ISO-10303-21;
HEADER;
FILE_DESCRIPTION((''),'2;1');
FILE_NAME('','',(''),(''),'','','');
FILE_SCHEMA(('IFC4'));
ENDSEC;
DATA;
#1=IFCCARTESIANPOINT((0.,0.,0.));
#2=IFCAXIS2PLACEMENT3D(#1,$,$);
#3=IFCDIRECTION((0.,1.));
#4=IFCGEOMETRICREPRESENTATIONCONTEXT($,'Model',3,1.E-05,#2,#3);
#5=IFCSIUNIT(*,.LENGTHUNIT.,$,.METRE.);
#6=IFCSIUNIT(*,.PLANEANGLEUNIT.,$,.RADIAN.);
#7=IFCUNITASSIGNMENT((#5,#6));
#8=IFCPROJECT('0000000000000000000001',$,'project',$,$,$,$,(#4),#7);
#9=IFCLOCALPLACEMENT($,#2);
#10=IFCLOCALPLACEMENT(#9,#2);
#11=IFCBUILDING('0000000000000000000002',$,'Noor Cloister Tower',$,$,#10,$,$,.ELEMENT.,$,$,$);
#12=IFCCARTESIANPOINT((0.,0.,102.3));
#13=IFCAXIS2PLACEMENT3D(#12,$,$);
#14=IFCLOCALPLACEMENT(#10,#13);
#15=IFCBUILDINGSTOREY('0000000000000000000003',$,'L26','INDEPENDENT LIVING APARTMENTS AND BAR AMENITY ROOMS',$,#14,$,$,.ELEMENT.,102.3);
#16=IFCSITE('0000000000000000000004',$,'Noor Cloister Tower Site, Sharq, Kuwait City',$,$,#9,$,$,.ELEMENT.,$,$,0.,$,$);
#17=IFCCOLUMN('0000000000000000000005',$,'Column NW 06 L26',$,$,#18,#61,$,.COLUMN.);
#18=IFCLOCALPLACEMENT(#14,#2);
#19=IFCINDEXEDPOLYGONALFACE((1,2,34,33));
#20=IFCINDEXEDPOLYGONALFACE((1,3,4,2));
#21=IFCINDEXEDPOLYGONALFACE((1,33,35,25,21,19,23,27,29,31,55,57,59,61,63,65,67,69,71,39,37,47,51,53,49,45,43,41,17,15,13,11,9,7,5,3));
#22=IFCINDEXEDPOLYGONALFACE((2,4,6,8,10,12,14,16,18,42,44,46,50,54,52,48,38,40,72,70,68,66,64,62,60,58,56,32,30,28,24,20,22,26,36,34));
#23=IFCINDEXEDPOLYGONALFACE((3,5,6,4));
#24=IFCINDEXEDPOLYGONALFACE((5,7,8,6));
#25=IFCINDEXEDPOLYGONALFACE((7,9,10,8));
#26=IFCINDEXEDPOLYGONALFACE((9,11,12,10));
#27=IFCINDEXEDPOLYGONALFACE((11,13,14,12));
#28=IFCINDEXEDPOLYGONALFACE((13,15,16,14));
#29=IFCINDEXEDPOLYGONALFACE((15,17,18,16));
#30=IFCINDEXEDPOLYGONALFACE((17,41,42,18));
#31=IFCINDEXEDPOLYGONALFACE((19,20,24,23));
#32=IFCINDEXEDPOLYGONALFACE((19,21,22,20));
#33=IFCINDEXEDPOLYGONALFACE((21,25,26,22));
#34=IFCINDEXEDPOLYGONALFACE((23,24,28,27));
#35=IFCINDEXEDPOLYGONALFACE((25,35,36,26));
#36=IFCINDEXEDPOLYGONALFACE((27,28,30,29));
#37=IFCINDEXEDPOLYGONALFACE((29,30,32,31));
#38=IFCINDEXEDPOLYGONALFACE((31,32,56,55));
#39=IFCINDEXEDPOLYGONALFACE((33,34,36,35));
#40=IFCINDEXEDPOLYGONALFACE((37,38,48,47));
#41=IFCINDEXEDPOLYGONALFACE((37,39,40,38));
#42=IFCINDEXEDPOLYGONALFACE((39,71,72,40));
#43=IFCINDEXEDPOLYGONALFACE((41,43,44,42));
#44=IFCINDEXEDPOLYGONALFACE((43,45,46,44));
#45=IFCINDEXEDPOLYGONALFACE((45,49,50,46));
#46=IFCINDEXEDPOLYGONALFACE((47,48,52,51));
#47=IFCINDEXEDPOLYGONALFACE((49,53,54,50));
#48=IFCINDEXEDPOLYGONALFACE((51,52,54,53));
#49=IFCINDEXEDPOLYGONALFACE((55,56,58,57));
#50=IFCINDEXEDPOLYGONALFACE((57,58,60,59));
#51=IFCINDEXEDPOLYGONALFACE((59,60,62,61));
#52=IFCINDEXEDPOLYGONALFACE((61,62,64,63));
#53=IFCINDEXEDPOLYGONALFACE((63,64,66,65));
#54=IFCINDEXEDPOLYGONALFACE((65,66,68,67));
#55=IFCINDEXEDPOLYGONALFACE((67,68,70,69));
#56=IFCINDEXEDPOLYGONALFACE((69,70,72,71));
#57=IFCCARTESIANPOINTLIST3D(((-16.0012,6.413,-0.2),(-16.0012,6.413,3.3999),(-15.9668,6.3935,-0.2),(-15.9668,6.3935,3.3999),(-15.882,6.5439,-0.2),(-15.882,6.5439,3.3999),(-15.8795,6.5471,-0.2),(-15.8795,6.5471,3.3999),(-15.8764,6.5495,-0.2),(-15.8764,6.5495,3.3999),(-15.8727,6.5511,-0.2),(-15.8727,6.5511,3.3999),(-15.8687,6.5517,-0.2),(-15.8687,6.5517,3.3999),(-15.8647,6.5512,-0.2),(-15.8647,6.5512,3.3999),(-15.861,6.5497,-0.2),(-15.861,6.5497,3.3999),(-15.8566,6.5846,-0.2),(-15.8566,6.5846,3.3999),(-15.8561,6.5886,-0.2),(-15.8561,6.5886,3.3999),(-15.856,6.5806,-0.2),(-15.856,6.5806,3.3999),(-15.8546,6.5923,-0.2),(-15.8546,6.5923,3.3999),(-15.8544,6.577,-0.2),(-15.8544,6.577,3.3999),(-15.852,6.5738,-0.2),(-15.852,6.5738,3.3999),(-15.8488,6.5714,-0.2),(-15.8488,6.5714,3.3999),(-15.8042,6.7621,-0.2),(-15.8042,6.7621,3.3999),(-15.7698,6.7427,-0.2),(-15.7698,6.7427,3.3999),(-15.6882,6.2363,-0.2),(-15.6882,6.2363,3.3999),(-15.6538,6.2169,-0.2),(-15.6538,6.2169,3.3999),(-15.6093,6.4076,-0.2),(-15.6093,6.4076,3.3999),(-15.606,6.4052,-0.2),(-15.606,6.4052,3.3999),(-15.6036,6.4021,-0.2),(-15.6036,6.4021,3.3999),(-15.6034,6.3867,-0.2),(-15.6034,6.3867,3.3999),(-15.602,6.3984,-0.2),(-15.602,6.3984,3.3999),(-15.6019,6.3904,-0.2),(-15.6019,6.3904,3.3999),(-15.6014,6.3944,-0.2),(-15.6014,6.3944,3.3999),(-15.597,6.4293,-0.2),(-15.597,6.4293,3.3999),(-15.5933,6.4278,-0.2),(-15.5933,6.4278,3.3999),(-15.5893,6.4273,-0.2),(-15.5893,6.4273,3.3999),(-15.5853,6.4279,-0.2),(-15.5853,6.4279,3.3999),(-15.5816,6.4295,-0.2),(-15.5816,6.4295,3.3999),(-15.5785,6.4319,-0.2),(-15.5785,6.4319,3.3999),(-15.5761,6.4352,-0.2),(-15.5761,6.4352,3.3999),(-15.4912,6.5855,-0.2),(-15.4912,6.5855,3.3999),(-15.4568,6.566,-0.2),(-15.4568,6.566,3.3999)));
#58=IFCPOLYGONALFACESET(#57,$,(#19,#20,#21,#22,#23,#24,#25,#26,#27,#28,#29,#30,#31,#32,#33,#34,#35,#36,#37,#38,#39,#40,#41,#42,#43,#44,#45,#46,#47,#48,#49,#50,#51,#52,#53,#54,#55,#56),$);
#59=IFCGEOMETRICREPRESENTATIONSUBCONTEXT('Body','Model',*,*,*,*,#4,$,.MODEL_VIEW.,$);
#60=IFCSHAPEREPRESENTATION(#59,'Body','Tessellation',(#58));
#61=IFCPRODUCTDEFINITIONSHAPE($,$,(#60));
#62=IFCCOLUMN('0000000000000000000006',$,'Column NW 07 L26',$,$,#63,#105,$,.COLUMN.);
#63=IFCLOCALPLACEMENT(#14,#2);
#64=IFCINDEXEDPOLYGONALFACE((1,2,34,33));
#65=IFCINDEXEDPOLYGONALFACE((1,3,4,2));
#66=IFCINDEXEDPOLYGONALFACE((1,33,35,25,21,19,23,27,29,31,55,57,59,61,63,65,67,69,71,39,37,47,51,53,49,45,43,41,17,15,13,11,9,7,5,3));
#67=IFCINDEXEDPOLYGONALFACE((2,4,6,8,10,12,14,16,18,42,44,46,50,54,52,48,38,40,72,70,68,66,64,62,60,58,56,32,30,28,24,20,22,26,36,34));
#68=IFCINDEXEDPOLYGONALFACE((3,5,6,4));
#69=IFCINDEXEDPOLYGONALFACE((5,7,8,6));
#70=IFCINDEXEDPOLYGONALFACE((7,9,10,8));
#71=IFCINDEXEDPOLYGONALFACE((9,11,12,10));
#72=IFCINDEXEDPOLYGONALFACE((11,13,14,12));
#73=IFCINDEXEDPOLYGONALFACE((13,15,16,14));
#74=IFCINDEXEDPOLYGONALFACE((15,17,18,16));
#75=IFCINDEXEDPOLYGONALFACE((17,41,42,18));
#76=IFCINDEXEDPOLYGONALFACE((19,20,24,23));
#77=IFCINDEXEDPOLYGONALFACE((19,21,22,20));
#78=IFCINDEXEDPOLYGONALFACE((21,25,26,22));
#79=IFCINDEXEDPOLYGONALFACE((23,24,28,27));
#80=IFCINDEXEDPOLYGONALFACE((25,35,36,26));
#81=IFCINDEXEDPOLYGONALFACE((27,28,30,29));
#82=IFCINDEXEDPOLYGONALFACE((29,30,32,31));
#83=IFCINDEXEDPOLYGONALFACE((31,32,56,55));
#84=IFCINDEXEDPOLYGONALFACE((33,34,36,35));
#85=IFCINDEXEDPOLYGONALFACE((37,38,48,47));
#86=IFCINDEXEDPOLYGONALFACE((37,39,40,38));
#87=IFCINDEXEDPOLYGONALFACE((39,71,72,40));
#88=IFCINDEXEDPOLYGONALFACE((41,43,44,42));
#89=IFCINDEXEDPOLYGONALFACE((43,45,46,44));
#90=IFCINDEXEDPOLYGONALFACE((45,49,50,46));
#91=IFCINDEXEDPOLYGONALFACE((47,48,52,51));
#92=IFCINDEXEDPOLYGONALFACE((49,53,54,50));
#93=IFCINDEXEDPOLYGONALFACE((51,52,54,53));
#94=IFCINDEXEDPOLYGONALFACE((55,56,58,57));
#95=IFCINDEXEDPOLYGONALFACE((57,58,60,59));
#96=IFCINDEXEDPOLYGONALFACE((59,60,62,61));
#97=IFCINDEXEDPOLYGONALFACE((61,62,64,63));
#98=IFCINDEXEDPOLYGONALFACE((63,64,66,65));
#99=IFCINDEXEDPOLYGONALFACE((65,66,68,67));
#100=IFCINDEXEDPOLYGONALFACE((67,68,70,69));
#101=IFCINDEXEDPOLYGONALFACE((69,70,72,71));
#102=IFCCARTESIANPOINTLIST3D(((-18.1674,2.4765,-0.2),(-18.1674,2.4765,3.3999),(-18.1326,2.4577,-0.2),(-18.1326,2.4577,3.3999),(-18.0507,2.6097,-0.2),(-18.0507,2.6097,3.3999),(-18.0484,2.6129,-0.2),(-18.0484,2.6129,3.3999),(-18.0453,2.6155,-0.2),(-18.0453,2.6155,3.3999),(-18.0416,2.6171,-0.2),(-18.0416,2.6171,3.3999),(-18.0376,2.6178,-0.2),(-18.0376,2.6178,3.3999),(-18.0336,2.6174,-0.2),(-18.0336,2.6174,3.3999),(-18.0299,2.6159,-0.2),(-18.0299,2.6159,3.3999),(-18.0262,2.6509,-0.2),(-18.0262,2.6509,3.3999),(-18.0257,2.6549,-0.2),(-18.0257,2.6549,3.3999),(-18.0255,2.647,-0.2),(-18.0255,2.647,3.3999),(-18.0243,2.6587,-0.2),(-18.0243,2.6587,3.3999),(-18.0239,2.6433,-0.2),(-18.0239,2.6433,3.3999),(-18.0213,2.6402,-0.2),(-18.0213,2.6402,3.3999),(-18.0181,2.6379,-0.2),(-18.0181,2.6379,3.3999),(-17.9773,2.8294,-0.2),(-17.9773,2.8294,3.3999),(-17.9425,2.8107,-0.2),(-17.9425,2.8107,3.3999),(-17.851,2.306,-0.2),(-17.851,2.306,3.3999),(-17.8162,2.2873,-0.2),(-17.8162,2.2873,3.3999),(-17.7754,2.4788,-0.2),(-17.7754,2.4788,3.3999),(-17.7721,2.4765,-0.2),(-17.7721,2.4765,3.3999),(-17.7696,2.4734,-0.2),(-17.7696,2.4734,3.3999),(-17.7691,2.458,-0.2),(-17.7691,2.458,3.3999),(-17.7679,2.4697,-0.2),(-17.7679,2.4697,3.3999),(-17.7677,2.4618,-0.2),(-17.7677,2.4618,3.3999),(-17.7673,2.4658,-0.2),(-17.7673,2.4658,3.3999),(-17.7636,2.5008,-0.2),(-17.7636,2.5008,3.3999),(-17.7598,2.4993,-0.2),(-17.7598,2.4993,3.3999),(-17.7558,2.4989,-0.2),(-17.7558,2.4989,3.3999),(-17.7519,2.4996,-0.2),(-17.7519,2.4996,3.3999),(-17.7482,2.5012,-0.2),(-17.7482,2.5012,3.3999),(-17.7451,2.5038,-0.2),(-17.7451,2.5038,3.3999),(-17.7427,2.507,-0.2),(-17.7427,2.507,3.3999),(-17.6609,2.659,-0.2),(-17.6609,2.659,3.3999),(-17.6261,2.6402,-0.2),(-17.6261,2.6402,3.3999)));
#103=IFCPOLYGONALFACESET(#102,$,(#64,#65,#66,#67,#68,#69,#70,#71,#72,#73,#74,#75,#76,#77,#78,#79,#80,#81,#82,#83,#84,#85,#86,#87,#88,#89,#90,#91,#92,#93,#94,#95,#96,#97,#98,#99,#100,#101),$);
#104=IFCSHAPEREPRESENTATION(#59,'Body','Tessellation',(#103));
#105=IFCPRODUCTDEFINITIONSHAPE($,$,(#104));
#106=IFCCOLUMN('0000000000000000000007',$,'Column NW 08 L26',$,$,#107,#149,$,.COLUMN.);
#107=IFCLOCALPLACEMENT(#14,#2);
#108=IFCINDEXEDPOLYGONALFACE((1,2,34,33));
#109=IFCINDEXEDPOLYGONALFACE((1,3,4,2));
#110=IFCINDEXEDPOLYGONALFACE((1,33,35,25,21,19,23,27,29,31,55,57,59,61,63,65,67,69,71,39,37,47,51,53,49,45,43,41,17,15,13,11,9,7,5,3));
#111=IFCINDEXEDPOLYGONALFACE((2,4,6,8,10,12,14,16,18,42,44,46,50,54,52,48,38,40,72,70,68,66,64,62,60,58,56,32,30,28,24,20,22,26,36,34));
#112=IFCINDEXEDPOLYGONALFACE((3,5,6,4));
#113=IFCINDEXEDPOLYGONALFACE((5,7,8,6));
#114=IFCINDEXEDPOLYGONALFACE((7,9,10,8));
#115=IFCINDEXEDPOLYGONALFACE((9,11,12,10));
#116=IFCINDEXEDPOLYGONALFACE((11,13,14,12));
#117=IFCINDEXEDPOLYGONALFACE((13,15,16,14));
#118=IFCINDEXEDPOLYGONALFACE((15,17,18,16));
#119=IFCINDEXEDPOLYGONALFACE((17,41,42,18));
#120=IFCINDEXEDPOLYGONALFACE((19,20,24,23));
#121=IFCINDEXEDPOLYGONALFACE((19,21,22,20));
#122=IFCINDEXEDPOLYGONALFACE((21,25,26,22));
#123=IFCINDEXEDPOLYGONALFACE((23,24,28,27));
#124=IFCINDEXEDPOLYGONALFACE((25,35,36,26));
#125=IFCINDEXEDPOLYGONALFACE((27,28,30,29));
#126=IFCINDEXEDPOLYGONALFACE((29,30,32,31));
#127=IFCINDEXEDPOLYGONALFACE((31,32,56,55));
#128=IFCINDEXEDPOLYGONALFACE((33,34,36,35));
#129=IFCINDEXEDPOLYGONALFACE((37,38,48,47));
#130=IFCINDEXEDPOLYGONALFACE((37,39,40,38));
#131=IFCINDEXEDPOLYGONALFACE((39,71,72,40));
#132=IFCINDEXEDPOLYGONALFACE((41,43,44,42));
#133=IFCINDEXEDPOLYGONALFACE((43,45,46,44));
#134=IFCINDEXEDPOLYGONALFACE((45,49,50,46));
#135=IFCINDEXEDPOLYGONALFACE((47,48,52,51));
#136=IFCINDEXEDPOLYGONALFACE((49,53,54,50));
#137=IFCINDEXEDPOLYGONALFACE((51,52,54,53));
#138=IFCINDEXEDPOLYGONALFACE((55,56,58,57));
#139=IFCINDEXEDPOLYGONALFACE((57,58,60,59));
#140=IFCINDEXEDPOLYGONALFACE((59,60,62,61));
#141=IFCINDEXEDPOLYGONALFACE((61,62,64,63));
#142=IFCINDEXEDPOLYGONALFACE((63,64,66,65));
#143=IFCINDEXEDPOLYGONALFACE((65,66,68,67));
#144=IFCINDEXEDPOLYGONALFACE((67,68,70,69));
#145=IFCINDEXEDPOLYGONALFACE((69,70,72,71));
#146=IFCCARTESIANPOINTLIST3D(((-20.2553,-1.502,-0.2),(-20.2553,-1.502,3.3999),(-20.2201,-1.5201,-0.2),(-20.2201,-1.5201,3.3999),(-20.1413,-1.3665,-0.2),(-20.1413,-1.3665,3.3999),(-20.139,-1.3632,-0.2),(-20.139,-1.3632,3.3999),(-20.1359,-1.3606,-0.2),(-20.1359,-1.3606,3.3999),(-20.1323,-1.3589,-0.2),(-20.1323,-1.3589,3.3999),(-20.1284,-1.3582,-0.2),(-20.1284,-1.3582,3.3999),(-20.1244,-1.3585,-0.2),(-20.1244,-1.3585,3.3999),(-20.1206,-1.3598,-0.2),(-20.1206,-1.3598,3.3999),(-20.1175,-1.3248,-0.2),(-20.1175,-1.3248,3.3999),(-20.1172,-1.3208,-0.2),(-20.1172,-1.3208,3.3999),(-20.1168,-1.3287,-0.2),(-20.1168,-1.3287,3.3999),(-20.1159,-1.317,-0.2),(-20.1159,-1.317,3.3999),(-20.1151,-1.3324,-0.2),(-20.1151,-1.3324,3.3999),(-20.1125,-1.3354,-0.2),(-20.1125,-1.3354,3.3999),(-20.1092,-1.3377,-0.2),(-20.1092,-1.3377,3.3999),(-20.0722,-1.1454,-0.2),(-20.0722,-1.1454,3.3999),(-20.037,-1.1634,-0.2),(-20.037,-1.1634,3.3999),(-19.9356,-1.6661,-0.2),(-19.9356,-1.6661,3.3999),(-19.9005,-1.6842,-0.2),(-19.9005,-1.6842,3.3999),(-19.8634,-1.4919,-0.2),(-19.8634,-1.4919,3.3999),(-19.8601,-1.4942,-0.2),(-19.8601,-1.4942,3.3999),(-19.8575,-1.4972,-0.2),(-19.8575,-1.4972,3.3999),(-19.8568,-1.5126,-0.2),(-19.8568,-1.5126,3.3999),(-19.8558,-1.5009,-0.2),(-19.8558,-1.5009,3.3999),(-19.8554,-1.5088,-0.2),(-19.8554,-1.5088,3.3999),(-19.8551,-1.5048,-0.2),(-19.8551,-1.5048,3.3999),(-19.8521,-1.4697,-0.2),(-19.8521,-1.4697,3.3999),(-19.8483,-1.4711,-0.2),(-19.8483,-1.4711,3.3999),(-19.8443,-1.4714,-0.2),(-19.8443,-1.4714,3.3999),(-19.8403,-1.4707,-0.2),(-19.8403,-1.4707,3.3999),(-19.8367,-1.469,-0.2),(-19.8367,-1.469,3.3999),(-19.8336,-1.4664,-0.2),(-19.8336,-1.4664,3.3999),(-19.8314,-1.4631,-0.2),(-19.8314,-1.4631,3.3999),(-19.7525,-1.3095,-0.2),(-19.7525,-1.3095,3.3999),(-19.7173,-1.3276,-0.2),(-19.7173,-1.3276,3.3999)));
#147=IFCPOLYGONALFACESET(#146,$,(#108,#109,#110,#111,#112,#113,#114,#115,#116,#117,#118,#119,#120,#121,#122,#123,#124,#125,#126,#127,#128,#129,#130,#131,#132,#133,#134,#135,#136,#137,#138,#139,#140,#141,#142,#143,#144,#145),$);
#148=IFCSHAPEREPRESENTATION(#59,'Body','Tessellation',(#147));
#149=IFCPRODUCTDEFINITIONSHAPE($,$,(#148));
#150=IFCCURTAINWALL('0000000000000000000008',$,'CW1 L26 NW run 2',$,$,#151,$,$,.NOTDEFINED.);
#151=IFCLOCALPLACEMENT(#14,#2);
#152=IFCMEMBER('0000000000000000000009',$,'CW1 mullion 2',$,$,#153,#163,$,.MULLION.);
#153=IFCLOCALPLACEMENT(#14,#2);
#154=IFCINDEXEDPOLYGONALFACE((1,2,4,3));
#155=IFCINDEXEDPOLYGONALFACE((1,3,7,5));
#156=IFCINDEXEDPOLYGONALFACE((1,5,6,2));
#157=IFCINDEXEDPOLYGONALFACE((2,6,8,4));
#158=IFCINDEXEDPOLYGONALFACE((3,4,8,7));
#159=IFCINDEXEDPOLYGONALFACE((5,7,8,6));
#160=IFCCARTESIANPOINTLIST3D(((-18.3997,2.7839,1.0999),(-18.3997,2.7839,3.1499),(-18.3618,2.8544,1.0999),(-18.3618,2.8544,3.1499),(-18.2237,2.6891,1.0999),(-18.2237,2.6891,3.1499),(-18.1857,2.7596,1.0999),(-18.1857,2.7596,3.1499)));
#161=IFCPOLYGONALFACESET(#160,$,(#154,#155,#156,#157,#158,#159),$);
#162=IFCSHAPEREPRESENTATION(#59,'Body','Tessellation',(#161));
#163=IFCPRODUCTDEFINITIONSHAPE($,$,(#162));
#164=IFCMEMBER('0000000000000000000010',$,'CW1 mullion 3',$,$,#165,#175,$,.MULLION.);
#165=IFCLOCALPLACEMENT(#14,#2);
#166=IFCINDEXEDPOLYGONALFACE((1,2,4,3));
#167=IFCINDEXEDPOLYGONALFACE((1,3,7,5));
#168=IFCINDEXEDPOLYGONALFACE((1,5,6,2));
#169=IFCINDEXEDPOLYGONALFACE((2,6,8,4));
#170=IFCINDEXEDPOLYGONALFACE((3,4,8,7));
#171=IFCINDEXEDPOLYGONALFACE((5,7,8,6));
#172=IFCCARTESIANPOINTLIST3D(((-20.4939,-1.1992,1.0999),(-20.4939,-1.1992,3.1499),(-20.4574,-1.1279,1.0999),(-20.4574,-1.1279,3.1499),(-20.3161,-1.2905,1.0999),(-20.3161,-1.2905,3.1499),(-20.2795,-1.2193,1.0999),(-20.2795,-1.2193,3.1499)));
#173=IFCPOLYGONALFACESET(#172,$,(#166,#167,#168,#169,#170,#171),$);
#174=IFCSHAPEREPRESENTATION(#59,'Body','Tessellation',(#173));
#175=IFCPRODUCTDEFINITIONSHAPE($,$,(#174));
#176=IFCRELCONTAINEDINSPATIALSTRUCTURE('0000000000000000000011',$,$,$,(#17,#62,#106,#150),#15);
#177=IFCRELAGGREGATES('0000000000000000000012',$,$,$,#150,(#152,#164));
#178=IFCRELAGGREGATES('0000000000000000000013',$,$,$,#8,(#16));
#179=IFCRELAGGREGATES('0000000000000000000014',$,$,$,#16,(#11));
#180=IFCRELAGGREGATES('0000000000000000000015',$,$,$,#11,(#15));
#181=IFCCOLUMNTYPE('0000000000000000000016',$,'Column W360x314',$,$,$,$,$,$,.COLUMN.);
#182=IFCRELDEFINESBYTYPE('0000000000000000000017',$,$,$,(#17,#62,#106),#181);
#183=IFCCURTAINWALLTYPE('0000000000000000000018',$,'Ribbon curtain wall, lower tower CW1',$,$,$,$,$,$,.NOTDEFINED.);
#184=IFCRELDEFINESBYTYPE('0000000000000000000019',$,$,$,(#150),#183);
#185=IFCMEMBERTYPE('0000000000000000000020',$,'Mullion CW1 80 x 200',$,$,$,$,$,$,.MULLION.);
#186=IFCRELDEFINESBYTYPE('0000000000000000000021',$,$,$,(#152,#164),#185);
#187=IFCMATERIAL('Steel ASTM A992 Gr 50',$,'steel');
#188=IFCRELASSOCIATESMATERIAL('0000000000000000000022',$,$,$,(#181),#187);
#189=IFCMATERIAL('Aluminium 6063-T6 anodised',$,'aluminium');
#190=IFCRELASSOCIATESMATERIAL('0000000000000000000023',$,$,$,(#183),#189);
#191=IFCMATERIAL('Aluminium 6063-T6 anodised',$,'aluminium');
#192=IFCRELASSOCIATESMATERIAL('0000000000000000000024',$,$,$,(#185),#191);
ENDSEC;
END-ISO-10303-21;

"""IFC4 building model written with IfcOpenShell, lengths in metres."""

from ifc_helpers import new_model, si_unit, direction, frame, origin, origin_2d, place, context, subcontext, project, spatial, rectangle, i_section, extrude, material, material_profile, profile_set, type_object, element, aggregate, save


model = new_model("IFC4")

# Units and contexts
model_context = context("Model", 3, precision=1e-05, world=origin(), true_north=direction((0.0, 1.0)))
body_context = subcontext(model_context, "Body", "Model", "MODEL_VIEW")
ifc_project = project(units=[si_unit("LENGTHUNIT", "METRE"), si_unit("PLANEANGLEUNIT", "RADIAN")], contexts=[model_context])

# Site, building, storey
site_placement = place(None, origin())
site = spatial("IfcSite", under=ifc_project, at=site_placement, Name="Noor Cloister Tower Site, Sharq, Kuwait City", CompositionType="ELEMENT", RefElevation=0.0)
building_placement = place(site_placement, origin())
building = spatial("IfcBuilding", under=site, at=building_placement, Name="Noor Cloister Tower", CompositionType="ELEMENT")
storey_placement = place(building_placement, frame((0.0, 0.0, 102.3)))
storey = spatial("IfcBuildingStorey", under=building, at=storey_placement, Name="L26", Description="INDEPENDENT LIVING APARTMENTS AND BAR AMENITY ROOMS", CompositionType="ELEMENT", Elevation=102.3)

# Columns
ifc_material_1 = material(Name="Steel ASTM A992 Gr 50", Category="steel")
ifc_material_profile_1 = material_profile(ifc_material_1, i_section(OverallWidth=0.4009, OverallDepth=0.3989, WebThickness=0.0249, FlangeThickness=0.0396, FilletRadius=0.0154, at=origin_2d()), Name="W360x314")
ifc_profile_set_1 = profile_set([ifc_material_profile_1], Name="Steel ASTM A992 Gr 50")
column_type = type_object("IfcColumnType", Name="Column W360x314", PredefinedType="COLUMN", material=ifc_profile_set_1)
for number, where, z_axis, x_axis, name in (
    (1, (-15.729, 6.4895, -0.2), (0.0, 0.0, 1.0), (-0.491453, -0.870904, 0.0), "Column NW 06 L26"),
    (2, (-17.8967, 2.5583, -0.2), (0.0, 0.0, 1.0), (-0.474216, -0.880408, 0.0), "Column NW 07 L26"),
    (3, (-19.9863, -1.4148, -0.2), (0.0, 0.0, 1.0), (-0.456796, -0.889571, 0.0), "Column NW 08 L26"),
):
    element("IfcColumn", number, at=place(storey_placement, frame(where, z_axis=z_axis, x_axis=x_axis)), inside=storey, type_object=column_type, Name=name, PredefinedType="COLUMN", context=body_context, shape_type="SweptSolid", body=[
        extrude(i_section(OverallWidth=0.4009, OverallDepth=0.3989, WebThickness=0.0249, FlangeThickness=0.0396, FilletRadius=0.0154, at=origin_2d()), origin(), (0.0, 0.0, 1.0), 3.5999),
    ])

# Curtain wall, members
ifc_material_2 = material(Name="Aluminium 6063-T6 anodised", Category="aluminium")
curtain_wall_type = type_object("IfcCurtainWallType", Name="Ribbon curtain wall, lower tower CW1", PredefinedType="NOTDEFINED", material=ifc_material_2)
curtain_wall_placement = place(storey_placement, origin())
curtain_wall = element("IfcCurtainWall", 4, at=curtain_wall_placement, inside=storey, type_object=curtain_wall_type, Name="CW1 L26 NW run 2", PredefinedType="NOTDEFINED")
ifc_material_3 = material(Name="Aluminium 6063-T6 anodised", Category="aluminium")
ifc_material_profile_2 = material_profile(ifc_material_3, rectangle(XDim=0.2, YDim=0.0801, at=origin_2d()), Name="200 x 80 mullion")
ifc_profile_set_2 = profile_set([ifc_material_profile_2], Name="Aluminium 6063-T6 anodised")
member_type = type_object("IfcMemberType", Name="Mullion CW1 80 x 200", PredefinedType="MULLION", material=ifc_profile_set_2)
member_1_placement = place(storey_placement, frame((-18.2927, 2.7717, 1.0999), z_axis=(0.0, 0.0, 1.0), x_axis=(0.880408, -0.474216, 0.0)))
member_1 = element("IfcMember", 5, at=member_1_placement, type_object=member_type, Name="CW1 mullion 2", PredefinedType="MULLION", context=body_context, shape_type="SweptSolid", body=[
    extrude(rectangle(XDim=0.2, YDim=0.0801, at=origin_2d()), origin(), (0.0, 0.0, 1.0), 2.05),
])
member_2_placement = place(storey_placement, frame((-20.3867, -1.2092, 1.0999), z_axis=(0.0, 0.0, 1.0), x_axis=(0.889571, -0.456796, 0.0)))
member_2 = element("IfcMember", 6, at=member_2_placement, type_object=member_type, Name="CW1 mullion 3", PredefinedType="MULLION", context=body_context, shape_type="SweptSolid", body=[
    extrude(rectangle(XDim=0.2, YDim=0.0801, at=origin_2d()), origin(), (0.0, 0.0, 1.0), 2.05),
])

aggregate(curtain_wall, [member_1, member_2])

save(model, "model.ifc")
